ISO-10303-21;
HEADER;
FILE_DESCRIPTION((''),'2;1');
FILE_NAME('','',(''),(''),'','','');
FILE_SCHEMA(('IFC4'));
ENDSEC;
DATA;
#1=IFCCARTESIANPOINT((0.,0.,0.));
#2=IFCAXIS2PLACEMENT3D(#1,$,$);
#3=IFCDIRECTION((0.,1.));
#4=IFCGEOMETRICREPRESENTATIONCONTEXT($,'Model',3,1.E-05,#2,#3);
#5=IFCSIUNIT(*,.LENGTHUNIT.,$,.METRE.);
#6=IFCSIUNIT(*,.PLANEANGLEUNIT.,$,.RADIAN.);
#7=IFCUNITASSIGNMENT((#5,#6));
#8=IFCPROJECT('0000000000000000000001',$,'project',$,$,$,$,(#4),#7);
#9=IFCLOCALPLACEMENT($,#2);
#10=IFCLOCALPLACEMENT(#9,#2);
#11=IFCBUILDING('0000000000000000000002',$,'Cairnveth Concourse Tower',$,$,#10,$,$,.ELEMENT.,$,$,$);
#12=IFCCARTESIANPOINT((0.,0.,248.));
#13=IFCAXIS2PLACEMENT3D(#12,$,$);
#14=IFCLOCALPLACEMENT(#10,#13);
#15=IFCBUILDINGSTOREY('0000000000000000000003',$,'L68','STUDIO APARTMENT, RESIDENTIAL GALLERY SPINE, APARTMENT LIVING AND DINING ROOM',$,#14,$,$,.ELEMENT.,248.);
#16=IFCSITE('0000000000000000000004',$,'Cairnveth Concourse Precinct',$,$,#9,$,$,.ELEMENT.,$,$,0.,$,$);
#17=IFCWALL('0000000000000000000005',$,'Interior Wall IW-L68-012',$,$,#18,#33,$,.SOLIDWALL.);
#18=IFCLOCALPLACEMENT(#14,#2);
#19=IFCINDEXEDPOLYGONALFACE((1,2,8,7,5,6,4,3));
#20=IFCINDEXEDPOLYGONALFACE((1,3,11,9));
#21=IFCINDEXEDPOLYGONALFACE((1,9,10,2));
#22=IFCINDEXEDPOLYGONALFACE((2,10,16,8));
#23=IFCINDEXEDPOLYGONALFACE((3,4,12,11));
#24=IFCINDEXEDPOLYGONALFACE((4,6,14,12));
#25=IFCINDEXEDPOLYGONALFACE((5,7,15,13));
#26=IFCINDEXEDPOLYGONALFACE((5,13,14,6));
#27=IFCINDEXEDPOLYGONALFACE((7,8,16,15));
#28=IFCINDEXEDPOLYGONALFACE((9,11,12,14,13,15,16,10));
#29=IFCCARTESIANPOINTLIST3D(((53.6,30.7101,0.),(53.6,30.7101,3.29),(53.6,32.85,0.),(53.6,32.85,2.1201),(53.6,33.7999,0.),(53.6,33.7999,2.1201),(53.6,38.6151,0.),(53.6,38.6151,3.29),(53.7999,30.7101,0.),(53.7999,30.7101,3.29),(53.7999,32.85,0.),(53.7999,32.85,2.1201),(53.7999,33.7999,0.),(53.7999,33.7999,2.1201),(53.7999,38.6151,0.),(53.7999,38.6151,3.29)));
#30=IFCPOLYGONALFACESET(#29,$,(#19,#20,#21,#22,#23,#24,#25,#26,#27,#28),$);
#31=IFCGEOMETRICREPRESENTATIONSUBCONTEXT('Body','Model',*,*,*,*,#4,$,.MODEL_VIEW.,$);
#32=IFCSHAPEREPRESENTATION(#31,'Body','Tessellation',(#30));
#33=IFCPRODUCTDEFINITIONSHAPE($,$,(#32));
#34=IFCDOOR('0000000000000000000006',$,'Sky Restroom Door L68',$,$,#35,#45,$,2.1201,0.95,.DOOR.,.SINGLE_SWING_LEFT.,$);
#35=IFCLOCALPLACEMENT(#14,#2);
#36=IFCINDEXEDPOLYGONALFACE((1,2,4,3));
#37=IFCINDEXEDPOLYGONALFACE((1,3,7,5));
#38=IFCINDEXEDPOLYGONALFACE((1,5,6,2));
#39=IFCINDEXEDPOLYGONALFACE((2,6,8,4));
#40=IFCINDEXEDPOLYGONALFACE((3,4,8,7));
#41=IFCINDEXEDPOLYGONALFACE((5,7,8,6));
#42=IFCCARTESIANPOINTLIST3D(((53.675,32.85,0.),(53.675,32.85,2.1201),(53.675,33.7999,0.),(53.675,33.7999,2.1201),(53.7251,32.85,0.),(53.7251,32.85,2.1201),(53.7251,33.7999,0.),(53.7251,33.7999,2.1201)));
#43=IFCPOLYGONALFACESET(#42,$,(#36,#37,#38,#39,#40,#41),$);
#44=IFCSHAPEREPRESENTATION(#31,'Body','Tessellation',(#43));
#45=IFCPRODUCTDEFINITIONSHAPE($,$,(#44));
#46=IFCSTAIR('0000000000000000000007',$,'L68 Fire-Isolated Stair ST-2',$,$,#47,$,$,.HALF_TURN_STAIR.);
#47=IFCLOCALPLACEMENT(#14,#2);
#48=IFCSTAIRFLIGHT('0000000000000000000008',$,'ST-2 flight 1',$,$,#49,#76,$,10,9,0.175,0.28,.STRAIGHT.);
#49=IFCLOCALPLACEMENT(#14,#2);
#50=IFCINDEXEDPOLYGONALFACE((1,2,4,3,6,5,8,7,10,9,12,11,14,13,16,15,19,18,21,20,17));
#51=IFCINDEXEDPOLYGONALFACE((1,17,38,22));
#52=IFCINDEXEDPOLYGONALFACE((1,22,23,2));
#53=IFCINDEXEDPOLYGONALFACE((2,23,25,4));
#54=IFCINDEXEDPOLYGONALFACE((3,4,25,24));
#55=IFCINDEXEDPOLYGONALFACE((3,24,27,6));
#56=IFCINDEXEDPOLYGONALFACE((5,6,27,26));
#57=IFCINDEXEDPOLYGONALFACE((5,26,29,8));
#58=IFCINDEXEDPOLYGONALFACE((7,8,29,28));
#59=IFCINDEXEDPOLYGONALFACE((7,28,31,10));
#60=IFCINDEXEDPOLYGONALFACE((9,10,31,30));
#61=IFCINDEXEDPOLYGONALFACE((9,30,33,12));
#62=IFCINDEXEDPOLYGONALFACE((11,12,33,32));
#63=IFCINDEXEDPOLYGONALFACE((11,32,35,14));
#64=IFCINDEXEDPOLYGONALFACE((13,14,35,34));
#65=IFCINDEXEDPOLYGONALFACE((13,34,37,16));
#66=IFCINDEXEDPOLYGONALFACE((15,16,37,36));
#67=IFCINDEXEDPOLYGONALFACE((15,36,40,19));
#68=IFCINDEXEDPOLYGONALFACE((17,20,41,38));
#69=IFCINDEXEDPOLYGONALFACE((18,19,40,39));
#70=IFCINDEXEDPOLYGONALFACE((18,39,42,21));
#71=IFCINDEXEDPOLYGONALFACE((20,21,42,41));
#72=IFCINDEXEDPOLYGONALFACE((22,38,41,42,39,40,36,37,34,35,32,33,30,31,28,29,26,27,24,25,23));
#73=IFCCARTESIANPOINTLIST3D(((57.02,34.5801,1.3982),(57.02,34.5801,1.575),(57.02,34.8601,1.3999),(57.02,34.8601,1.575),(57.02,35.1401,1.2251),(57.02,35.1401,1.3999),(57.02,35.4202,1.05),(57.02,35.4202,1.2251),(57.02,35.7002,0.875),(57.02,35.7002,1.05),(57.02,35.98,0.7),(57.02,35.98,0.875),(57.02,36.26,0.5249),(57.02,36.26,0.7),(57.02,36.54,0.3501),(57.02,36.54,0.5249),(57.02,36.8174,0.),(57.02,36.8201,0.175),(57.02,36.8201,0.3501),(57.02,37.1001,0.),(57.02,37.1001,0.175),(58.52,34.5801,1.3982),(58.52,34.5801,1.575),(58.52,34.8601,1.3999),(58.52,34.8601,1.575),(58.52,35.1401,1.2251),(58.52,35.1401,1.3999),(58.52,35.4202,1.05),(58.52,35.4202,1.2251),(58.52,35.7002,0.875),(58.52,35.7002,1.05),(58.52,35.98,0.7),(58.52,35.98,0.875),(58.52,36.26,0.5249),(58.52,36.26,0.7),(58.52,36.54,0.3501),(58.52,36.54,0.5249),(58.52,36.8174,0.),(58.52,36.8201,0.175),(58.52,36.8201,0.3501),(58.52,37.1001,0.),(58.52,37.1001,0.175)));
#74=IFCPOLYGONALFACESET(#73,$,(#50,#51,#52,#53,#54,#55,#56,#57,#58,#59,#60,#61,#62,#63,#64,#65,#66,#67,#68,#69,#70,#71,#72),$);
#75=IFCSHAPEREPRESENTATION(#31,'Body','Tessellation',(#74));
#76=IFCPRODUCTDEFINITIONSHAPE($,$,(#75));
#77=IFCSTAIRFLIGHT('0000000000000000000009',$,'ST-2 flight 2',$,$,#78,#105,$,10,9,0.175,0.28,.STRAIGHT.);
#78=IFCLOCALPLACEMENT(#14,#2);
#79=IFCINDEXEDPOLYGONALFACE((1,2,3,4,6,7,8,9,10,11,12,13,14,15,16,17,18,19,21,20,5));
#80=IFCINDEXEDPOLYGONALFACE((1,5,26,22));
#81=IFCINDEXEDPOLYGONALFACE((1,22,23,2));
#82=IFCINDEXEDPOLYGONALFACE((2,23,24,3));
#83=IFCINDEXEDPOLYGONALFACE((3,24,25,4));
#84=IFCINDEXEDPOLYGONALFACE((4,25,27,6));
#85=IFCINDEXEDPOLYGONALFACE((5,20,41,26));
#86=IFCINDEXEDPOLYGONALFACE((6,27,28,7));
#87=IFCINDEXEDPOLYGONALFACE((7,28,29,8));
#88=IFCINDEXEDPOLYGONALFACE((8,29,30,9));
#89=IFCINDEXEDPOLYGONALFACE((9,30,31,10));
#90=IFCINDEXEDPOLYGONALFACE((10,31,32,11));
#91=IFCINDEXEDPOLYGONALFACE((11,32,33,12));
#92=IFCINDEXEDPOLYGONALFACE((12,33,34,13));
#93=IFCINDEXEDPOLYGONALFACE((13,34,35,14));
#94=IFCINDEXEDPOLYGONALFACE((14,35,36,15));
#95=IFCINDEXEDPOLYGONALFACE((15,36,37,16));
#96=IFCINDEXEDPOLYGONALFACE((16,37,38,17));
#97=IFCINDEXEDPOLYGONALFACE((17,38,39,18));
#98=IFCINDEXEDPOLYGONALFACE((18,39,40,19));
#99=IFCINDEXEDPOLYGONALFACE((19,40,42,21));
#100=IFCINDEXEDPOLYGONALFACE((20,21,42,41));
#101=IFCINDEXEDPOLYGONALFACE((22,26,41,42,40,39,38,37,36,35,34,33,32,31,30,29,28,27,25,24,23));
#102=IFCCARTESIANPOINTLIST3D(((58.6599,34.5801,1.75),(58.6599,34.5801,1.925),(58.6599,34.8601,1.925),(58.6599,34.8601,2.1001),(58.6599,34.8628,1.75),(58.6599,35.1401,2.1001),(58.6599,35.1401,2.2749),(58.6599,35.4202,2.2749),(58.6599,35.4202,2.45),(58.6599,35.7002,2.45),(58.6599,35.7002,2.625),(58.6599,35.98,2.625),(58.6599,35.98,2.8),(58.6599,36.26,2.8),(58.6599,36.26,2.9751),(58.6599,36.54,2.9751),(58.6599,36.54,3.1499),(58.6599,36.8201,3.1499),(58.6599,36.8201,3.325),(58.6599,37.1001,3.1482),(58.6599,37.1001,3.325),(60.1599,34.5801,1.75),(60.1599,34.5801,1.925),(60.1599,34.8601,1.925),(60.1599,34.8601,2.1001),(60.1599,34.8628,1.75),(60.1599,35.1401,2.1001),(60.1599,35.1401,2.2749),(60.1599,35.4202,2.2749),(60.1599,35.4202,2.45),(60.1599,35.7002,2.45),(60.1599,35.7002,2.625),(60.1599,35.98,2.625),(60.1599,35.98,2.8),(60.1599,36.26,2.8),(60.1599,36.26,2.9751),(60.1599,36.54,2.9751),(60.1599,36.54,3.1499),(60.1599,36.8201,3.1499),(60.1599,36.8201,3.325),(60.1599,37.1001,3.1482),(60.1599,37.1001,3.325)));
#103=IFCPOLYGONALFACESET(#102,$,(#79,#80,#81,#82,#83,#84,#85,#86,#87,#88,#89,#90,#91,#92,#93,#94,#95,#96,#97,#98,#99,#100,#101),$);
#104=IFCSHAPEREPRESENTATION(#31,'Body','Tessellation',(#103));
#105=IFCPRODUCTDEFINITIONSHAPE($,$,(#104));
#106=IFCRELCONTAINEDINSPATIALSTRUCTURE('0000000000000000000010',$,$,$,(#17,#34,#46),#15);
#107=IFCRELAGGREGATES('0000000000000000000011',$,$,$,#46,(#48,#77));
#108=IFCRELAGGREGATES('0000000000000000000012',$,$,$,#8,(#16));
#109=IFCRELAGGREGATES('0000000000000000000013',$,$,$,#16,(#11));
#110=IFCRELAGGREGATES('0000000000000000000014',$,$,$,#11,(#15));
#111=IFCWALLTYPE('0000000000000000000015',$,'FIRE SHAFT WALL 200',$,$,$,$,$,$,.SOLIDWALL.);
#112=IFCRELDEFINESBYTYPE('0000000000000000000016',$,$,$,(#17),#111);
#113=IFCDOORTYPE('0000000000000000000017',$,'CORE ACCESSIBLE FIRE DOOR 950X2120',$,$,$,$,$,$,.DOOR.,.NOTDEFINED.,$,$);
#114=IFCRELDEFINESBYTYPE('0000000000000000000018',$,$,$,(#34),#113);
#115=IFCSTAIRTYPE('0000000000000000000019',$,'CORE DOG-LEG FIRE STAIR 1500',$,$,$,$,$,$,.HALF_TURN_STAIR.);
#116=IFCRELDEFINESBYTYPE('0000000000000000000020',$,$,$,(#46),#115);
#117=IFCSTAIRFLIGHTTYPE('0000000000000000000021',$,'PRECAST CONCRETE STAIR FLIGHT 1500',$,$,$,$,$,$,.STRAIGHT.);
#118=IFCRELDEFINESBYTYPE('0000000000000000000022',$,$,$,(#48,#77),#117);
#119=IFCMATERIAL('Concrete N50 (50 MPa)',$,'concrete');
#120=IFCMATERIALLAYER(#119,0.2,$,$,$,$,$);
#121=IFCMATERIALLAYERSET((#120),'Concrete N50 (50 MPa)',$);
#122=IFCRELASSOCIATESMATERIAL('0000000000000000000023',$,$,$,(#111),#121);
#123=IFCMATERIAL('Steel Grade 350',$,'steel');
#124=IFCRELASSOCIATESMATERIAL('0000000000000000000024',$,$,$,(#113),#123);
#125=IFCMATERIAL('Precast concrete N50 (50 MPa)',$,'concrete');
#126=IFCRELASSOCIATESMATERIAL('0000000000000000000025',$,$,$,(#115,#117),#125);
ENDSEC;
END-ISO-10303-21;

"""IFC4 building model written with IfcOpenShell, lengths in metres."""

from ifc_helpers import new_model, si_unit, direction, frame, frame_2d, origin, place, context, subcontext, project, spatial, polyline, rectangle, outline, extrude, material, layer, layer_set, type_object, element, fill, aggregate, save


model = new_model("IFC4")

# Units and contexts
model_context = context("Model", 3, precision=1e-05, world=origin(), true_north=direction((0.0, 1.0)))
body_context = subcontext(model_context, "Body", "Model", "MODEL_VIEW")
ifc_project = project(units=[si_unit("LENGTHUNIT", "METRE"), si_unit("PLANEANGLEUNIT", "RADIAN")], contexts=[model_context])

# Site, building, storey
site_placement = place(None, origin())
site = spatial("IfcSite", under=ifc_project, at=site_placement, Name="Cairnveth Concourse Precinct", CompositionType="ELEMENT", RefElevation=0.0)
building_placement = place(site_placement, origin())
building = spatial("IfcBuilding", under=site, at=building_placement, Name="Cairnveth Concourse Tower", CompositionType="ELEMENT")
storey_placement = place(building_placement, frame((0.0, 0.0, 248.0)))
storey = spatial("IfcBuildingStorey", under=building, at=storey_placement, Name="L68", Description="STUDIO APARTMENT, RESIDENTIAL GALLERY SPINE, APARTMENT LIVING AND DINING ROOM", CompositionType="ELEMENT", Elevation=248.0)

# Shared definitions
ifc_material_1 = material(Name="Steel Grade 350", Category="steel")

# Shared definitions
ifc_material_2 = material(Name="Concrete N50 (50 MPa)", Category="concrete")

# Wall, opening, door
ifc_layer_1 = layer(ifc_material_2, 0.2)
ifc_layer_set_1 = layer_set([ifc_layer_1], Name="Concrete N50 (50 MPa)")
wall_type_1 = type_object("IfcWallType", Name="FIRE SHAFT WALL 200", PredefinedType="SOLIDWALL", material=ifc_layer_set_1)
door_type_1 = type_object("IfcDoorType", Name="CORE ACCESSIBLE FIRE DOOR 950X2120", OperationType="NOTDEFINED", PredefinedType="DOOR", material=ifc_material_1)
wall_1_placement = place(storey_placement, frame((53.7, 30.71, 0.0), z_axis=(0.0, 0.0, 1.0), x_axis=(0.0, 1.0, 0.0)))
wall_1 = element("IfcWall", 1, at=wall_1_placement, inside=storey, type_object=wall_type_1, Name="Interior Wall IW-L68-012", PredefinedType="SOLIDWALL", context=body_context, shape_type="SweptSolid", body=[
    extrude(rectangle(XDim=7.905, YDim=0.2, at=frame_2d((3.9526, 0.0))), origin(), (0.0, 0.0, 1.0), 3.29),
])
opening_1_placement = place(wall_1_placement, frame((2.1399, 0.0, 0.0)))
opening_1 = element("IfcOpeningElement", 2, at=opening_1_placement, cuts=wall_1, PredefinedType="OPENING", context=body_context, shape_type="SweptSolid", body=[
    extrude(rectangle(XDim=0.95, YDim=2.1201, at=frame_2d((0.4751, 1.0601))), frame((0.0, 0.1099, 0.0), z_axis=(0.0, -1.0, 0.0), x_axis=(1.0, 0.0, 0.0)), (0.0, 0.0, 1.0), 0.22),
])
door_1_placement = place(opening_1_placement, origin())
door_1 = element("IfcDoor", 3, at=door_1_placement, inside=storey, type_object=door_type_1, Name="Sky Restroom Door L68", OperationType="SINGLE_SWING_LEFT", OverallHeight=2.1201, OverallWidth=0.95, PredefinedType="DOOR", context=body_context, shape_type="SweptSolid", body=[
    extrude(rectangle(XDim=0.95, YDim=2.1201, at=frame_2d((0.4751, 1.0601))), frame((0.0, 0.0249, 0.0), z_axis=(0.0, -1.0, 0.0), x_axis=(1.0, 0.0, 0.0)), (0.0, 0.0, 1.0), 0.05),
])
fill(opening_1, door_1)

# Stair, stair flights
ifc_material_3 = material(Name="Precast concrete N50 (50 MPa)", Category="concrete")
stair_type = type_object("IfcStairType", Name="CORE DOG-LEG FIRE STAIR 1500", PredefinedType="HALF_TURN_STAIR", material=ifc_material_3)
stair_placement = place(storey_placement, origin())
stair = element("IfcStair", 4, at=stair_placement, inside=storey, type_object=stair_type, Name="L68 Fire-Isolated Stair ST-2", PredefinedType="HALF_TURN_STAIR")
stair_flight_type = type_object("IfcStairFlightType", Name="PRECAST CONCRETE STAIR FLIGHT 1500", PredefinedType="STRAIGHT", material=ifc_material_3)
stair_flight_1_placement = place(storey_placement, frame((57.77, 37.1001, 0.0), z_axis=(0.0, 0.0, 1.0), x_axis=(0.0, -1.0, 0.0)))
stair_flight_1 = element("IfcStairFlight", 5, at=stair_flight_1_placement, type_object=stair_flight_type, Name="ST-2 flight 1", NumberOfRisers=10, NumberOfTreads=9, PredefinedType="STRAIGHT", RiserHeight=0.175, TreadLength=0.28, context=body_context, shape_type="SweptSolid", body=[
    extrude(outline(polyline([(0.0, 0.0), (0.0, 0.175), (0.28, 0.175), (0.28, 0.3501), (0.5601, 0.3501), (0.5601, 0.5249), (0.8401, 0.5249), (0.8401, 0.7), (1.1201, 0.7), (1.1201, 0.875), (1.3999, 0.875), (1.3999, 1.05), (1.6799, 1.05), (1.6799, 1.2251), (1.96, 1.2251), (1.96, 1.3999), (2.24, 1.3999), (2.24, 1.575), (2.52, 1.575), (2.52, 1.75), (2.52, 1.3982), (0.2827, 0.0), (0.0, 0.0)])), frame((0.0, 0.75, 0.0), z_axis=(0.0, -1.0, 0.0), x_axis=(1.0, 0.0, 0.0)), (0.0, 0.0, 1.0), 1.5),
])
stair_flight_2_placement = place(storey_placement, frame((59.4099, 34.5801, 1.75), z_axis=(0.0, 0.0, 1.0), x_axis=(0.0, 1.0, 0.0)))
stair_flight_2 = element("IfcStairFlight", 6, at=stair_flight_2_placement, type_object=stair_flight_type, Name="ST-2 flight 2", NumberOfRisers=10, NumberOfTreads=9, PredefinedType="STRAIGHT", RiserHeight=0.175, TreadLength=0.28, context=body_context, shape_type="SweptSolid", body=[
    extrude(outline(polyline([(0.0, 0.0), (0.0, 0.175), (0.28, 0.175), (0.28, 0.3501), (0.5601, 0.3501), (0.5601, 0.5249), (0.8401, 0.5249), (0.8401, 0.7), (1.1201, 0.7), (1.1201, 0.875), (1.3999, 0.875), (1.3999, 1.05), (1.6799, 1.05), (1.6799, 1.2251), (1.96, 1.2251), (1.96, 1.3999), (2.24, 1.3999), (2.24, 1.575), (2.52, 1.575), (2.52, 1.75), (2.52, 1.3982), (0.2827, 0.0), (0.0, 0.0)])), frame((0.0, 0.75, 0.0), z_axis=(0.0, -1.0, 0.0), x_axis=(1.0, 0.0, 0.0)), (0.0, 0.0, 1.0), 1.5),
])
aggregate(stair, [stair_flight_1, stair_flight_2])

save(model, "model.ifc")
